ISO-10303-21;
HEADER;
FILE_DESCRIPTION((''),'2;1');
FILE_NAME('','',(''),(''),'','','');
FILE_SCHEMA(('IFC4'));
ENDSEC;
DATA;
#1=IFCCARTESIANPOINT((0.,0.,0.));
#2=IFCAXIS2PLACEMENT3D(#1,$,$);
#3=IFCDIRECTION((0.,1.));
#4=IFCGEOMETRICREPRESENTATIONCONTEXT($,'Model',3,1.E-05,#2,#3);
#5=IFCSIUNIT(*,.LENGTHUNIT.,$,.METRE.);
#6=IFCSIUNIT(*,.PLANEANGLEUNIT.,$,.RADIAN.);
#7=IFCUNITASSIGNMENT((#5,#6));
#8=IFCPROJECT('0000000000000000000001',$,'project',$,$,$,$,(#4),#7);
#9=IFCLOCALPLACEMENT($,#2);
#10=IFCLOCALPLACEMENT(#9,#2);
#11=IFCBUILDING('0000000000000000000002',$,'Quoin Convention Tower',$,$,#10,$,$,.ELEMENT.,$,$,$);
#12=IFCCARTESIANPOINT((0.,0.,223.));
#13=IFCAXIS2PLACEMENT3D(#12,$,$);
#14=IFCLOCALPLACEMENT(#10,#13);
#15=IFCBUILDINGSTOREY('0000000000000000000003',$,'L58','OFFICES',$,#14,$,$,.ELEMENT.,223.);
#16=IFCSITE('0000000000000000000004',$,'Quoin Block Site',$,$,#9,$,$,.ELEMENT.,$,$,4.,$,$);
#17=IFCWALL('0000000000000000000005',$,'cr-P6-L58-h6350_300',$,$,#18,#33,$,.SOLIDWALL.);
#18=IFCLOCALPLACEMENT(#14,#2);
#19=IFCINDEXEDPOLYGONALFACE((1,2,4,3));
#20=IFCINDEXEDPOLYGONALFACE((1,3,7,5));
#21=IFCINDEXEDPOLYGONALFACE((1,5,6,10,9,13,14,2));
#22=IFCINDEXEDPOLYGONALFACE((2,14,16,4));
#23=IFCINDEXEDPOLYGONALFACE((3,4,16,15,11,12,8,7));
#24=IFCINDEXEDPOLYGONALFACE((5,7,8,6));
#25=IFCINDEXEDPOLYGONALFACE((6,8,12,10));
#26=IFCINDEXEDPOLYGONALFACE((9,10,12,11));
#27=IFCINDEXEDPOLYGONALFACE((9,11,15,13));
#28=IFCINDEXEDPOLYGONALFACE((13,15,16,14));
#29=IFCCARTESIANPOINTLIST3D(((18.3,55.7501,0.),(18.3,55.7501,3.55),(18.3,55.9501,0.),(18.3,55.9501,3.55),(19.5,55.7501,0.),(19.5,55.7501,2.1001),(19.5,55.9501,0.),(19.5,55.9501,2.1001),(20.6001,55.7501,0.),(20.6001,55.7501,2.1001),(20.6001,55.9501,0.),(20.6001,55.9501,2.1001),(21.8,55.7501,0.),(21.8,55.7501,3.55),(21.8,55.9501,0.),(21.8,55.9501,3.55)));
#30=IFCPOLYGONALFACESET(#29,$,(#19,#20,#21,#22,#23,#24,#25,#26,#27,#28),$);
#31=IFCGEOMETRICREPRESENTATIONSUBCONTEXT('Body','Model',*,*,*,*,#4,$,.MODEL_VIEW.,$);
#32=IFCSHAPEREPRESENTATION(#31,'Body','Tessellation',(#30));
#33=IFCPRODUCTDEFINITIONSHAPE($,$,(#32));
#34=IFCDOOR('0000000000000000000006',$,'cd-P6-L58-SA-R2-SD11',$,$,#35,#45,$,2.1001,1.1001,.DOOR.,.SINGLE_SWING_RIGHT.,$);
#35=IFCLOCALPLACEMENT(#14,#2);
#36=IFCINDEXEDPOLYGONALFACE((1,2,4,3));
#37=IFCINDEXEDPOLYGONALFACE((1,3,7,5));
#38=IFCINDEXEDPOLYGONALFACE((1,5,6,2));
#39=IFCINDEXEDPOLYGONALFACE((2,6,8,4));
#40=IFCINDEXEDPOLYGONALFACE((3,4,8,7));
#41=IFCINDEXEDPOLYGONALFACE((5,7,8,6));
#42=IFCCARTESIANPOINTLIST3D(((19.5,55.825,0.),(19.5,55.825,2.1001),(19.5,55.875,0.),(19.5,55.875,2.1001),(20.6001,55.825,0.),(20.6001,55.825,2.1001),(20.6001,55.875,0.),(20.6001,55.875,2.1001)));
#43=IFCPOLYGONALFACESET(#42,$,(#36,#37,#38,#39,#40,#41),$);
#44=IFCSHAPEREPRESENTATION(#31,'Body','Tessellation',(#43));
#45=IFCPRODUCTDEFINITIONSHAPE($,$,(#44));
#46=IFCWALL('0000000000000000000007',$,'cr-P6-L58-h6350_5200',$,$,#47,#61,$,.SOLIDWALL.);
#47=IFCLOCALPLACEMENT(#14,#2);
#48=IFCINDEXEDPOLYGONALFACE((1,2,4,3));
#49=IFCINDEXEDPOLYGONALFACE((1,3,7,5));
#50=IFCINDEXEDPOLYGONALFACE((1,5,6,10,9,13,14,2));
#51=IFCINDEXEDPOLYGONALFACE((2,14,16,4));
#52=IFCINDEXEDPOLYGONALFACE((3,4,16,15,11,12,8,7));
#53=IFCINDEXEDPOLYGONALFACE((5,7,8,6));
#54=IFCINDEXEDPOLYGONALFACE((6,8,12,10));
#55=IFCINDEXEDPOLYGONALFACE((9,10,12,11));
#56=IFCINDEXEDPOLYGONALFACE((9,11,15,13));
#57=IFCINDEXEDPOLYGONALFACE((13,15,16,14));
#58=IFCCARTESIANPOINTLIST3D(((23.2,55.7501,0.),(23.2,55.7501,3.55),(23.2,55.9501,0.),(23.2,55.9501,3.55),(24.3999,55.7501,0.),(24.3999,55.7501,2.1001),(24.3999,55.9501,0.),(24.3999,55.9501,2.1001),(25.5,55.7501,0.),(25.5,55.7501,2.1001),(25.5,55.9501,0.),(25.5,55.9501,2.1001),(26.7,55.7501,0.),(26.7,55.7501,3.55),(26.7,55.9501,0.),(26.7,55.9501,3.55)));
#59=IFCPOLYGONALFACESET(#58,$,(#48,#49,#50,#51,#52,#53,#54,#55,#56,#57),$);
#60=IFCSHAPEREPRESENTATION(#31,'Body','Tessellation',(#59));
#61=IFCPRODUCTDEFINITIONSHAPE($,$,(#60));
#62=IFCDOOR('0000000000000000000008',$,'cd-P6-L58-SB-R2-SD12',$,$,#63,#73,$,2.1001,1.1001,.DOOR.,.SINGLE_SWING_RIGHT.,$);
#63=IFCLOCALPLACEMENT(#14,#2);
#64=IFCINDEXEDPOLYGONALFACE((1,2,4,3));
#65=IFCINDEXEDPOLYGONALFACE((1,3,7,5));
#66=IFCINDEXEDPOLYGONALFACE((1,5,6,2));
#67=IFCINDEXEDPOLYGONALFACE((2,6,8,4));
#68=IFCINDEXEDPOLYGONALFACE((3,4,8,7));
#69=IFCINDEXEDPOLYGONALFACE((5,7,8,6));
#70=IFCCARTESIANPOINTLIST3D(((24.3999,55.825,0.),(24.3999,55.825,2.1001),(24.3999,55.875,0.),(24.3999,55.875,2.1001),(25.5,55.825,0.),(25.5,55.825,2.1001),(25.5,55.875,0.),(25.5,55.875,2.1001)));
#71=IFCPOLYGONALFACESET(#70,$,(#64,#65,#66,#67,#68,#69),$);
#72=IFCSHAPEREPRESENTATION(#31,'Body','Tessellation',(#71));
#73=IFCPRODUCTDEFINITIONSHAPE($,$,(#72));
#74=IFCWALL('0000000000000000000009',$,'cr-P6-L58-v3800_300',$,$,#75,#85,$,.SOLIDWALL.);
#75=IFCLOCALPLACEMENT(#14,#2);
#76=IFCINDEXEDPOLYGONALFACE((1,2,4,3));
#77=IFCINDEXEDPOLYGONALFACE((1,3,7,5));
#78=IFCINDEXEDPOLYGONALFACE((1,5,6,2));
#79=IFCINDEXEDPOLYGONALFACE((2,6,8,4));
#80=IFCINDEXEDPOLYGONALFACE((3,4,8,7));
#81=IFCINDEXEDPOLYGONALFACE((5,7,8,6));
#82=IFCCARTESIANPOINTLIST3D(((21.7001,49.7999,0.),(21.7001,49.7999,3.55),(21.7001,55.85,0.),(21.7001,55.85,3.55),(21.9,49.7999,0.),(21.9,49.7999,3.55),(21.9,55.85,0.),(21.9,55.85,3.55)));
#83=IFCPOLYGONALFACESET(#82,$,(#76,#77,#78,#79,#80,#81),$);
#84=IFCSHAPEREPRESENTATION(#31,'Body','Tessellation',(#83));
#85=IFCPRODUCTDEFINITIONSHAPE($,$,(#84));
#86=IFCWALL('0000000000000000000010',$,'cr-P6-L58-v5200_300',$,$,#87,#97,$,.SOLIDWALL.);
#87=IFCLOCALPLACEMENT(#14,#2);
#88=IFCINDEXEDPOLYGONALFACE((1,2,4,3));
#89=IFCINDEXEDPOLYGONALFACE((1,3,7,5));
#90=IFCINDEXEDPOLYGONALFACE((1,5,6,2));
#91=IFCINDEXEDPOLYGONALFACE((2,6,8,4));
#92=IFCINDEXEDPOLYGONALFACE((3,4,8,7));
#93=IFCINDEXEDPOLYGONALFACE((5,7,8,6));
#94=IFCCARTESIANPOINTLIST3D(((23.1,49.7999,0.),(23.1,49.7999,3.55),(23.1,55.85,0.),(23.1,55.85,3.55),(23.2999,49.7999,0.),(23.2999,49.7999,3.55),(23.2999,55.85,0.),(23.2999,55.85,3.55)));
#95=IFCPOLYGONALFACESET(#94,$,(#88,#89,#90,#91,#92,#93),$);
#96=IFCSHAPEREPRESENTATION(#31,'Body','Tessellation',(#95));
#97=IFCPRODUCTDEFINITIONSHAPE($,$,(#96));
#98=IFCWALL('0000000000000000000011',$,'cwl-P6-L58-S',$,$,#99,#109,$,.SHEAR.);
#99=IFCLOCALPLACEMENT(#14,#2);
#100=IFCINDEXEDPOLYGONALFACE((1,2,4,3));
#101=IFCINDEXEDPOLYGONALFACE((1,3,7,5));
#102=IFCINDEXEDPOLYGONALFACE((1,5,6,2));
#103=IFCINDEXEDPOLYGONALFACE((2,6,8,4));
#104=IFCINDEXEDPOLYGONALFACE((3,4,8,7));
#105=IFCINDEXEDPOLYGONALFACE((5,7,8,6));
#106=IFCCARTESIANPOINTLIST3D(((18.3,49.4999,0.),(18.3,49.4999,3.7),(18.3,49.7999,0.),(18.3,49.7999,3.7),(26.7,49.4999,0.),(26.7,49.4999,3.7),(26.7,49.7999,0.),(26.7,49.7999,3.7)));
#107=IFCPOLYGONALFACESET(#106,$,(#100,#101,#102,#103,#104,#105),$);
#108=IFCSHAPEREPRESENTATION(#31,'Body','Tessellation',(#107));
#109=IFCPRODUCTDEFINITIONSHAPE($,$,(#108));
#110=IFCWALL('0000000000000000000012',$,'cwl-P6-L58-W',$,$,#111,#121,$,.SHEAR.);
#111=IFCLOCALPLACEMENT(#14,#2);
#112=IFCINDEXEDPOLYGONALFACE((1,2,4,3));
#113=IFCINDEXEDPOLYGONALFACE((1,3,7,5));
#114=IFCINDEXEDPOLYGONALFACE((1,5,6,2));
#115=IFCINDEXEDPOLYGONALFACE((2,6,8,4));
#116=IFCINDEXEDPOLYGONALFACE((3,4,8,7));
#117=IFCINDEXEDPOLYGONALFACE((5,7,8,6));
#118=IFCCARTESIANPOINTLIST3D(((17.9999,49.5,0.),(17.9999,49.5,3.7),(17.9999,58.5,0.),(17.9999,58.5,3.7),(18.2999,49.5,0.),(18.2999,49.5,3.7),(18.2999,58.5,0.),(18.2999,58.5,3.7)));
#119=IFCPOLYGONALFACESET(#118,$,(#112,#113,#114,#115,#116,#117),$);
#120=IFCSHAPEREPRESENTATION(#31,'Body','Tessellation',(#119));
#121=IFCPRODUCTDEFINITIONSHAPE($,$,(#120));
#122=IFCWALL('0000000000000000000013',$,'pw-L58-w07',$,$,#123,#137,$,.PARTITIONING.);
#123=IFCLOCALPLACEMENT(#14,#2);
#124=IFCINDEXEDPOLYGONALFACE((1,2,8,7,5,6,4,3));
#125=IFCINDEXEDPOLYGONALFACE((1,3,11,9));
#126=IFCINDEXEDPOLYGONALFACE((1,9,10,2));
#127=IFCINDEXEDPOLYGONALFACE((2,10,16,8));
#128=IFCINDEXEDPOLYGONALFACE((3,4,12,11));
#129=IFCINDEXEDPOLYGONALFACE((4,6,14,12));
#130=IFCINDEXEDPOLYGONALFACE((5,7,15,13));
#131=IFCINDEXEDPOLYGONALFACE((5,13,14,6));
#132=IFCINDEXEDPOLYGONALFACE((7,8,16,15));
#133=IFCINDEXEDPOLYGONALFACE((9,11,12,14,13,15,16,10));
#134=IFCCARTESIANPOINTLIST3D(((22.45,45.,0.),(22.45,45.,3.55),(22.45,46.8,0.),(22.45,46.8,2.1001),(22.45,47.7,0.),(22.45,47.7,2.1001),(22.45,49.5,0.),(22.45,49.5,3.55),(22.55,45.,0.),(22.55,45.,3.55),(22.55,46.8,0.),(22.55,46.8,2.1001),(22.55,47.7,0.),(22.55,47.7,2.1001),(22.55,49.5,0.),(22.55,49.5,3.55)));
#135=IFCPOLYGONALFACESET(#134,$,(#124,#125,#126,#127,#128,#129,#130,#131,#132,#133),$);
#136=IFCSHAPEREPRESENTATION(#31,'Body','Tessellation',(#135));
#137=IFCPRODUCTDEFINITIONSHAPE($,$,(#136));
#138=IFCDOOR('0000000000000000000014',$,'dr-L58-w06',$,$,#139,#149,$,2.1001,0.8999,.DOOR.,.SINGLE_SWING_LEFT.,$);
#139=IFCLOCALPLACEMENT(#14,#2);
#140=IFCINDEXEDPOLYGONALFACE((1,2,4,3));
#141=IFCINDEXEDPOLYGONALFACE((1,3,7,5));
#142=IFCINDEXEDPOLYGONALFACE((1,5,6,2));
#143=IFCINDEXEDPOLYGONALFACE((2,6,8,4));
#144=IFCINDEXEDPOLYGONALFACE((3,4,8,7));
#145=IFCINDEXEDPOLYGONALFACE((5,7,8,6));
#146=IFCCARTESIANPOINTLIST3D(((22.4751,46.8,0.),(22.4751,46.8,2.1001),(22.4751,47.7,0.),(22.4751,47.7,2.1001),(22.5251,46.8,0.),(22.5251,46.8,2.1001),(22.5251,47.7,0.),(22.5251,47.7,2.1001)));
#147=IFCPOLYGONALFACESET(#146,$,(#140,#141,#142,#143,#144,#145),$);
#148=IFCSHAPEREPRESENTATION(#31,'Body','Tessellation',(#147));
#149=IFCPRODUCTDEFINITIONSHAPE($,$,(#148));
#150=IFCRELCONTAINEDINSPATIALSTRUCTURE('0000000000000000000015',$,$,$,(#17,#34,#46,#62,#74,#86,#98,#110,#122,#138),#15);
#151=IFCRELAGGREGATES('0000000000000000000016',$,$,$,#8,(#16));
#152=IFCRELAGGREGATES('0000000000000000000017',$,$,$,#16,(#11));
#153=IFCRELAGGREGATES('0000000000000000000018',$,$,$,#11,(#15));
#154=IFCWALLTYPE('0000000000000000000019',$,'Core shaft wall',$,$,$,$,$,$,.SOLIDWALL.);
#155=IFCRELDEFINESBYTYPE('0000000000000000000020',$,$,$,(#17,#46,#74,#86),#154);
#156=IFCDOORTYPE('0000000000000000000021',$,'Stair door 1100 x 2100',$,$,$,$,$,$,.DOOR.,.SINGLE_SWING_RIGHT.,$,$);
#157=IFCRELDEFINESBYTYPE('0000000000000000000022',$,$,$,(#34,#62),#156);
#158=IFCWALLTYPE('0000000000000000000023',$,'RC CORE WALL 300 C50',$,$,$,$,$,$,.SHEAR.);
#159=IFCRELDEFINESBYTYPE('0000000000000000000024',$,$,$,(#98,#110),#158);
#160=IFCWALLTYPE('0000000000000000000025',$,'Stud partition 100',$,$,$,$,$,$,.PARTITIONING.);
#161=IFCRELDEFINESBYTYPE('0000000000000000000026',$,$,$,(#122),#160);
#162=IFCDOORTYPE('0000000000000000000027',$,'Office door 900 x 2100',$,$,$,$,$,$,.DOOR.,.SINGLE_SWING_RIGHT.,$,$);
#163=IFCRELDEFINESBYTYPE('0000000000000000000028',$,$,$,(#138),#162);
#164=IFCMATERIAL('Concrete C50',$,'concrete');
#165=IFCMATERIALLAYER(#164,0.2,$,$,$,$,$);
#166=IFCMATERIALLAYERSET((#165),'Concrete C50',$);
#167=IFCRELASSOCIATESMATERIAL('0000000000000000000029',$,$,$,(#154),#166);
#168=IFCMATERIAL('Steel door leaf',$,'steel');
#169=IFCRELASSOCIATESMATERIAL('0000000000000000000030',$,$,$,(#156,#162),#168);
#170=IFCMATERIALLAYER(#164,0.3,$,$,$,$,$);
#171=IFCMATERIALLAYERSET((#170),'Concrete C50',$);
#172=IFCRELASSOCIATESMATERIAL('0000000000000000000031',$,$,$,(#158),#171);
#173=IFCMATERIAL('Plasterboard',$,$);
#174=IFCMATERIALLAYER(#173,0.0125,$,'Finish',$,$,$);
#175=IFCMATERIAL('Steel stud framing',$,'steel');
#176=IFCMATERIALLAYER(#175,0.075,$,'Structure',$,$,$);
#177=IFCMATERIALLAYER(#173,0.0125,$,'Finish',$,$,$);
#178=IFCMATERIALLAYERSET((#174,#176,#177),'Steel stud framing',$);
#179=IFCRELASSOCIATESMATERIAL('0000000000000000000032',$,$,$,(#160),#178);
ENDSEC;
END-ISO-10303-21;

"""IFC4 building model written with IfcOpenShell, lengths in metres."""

from ifc_helpers import new_model, si_unit, direction, frame, frame_2d, origin, place, context, subcontext, project, spatial, rectangle, extrude, material, layer, layer_set, type_object, element, fill, save


model = new_model("IFC4")

# Units and contexts
model_context = context("Model", 3, precision=1e-05, world=origin(), true_north=direction((0.0, 1.0)))
body_context = subcontext(model_context, "Body", "Model", "MODEL_VIEW")
ifc_project = project(units=[si_unit("LENGTHUNIT", "METRE"), si_unit("PLANEANGLEUNIT", "RADIAN")], contexts=[model_context])

# Site, building, storey
site_placement = place(None, origin())
site = spatial("IfcSite", under=ifc_project, at=site_placement, Name="Quoin Block Site", CompositionType="ELEMENT", RefElevation=4.0)
building_placement = place(site_placement, origin())
building = spatial("IfcBuilding", under=site, at=building_placement, Name="Quoin Convention Tower", CompositionType="ELEMENT")
storey_placement = place(building_placement, frame((0.0, 0.0, 223.0)))
storey = spatial("IfcBuildingStorey", under=building, at=storey_placement, Name="L58", Description="OFFICES", CompositionType="ELEMENT", Elevation=223.0)

# Shared definitions
ifc_material_1 = material(Name="Concrete C50", Category="concrete")

# Shared definitions
ifc_layer_1 = layer(ifc_material_1, 0.2)
ifc_layer_set_1 = layer_set([ifc_layer_1], Name="Concrete C50")
wall_type_1 = type_object("IfcWallType", Name="Core shaft wall", PredefinedType="SOLIDWALL", material=ifc_layer_set_1)

# Walls, openings, doors
wall_1_placement = place(storey_placement, frame((18.3, 55.8501, 0.0), z_axis=(0.0, 0.0, 1.0), x_axis=(1.0, 0.0, 0.0)))
wall_1 = element("IfcWall", 1, at=wall_1_placement, inside=storey, type_object=wall_type_1, Name="cr-P6-L58-h6350_300", PredefinedType="SOLIDWALL", context=body_context, shape_type="SweptSolid", body=[
    extrude(rectangle(XDim=3.5, YDim=0.2, at=frame_2d((1.75, 0.0))), origin(), (0.0, 0.0, 1.0), 3.55),
])
opening_1_placement = place(wall_1_placement, frame((1.2, 0.0, 0.0)))
opening_1 = element("IfcOpeningElement", 2, at=opening_1_placement, cuts=wall_1, PredefinedType="OPENING", context=body_context, shape_type="SweptSolid", body=[
    extrude(rectangle(XDim=1.1001, YDim=2.1001, at=frame_2d((0.55, 1.05))), frame((0.0, 0.1099, 0.0), z_axis=(0.0, -1.0, 0.0), x_axis=(1.0, 0.0, 0.0)), (0.0, 0.0, 1.0), 0.22),
])
ifc_material_2 = material(Name="Steel door leaf", Category="steel")
door_type_1 = type_object("IfcDoorType", Name="Stair door 1100 x 2100", OperationType="SINGLE_SWING_RIGHT", PredefinedType="DOOR", material=ifc_material_2)
door_1_placement = place(opening_1_placement, origin())
door_1 = element("IfcDoor", 3, at=door_1_placement, inside=storey, type_object=door_type_1, Name="cd-P6-L58-SA-R2-SD11", OperationType="SINGLE_SWING_RIGHT", OverallHeight=2.1001, OverallWidth=1.1001, PredefinedType="DOOR", context=body_context, shape_type="SweptSolid", body=[
    extrude(rectangle(XDim=1.1001, YDim=2.1001, at=frame_2d((0.55, 1.05))), frame((0.0, 0.0249, 0.0), z_axis=(0.0, -1.0, 0.0), x_axis=(1.0, 0.0, 0.0)), (0.0, 0.0, 1.0), 0.05),
])
fill(opening_1, door_1)
wall_2_placement = place(storey_placement, frame((23.2, 55.8501, 0.0), z_axis=(0.0, 0.0, 1.0), x_axis=(1.0, 0.0, 0.0)))
wall_2 = element("IfcWall", 4, at=wall_2_placement, inside=storey, type_object=wall_type_1, Name="cr-P6-L58-h6350_5200", PredefinedType="SOLIDWALL", context=body_context, shape_type="SweptSolid", body=[
    extrude(rectangle(XDim=3.5, YDim=0.2, at=frame_2d((1.75, 0.0))), origin(), (0.0, 0.0, 1.0), 3.55),
])
opening_2_placement = place(wall_2_placement, frame((1.2, 0.0, 0.0)))
opening_2 = element("IfcOpeningElement", 5, at=opening_2_placement, cuts=wall_2, PredefinedType="OPENING", context=body_context, shape_type="SweptSolid", body=[
    extrude(rectangle(XDim=1.1001, YDim=2.1001, at=frame_2d((0.55, 1.05))), frame((0.0, 0.1099, 0.0), z_axis=(0.0, -1.0, 0.0), x_axis=(1.0, 0.0, 0.0)), (0.0, 0.0, 1.0), 0.22),
])
door_2_placement = place(opening_2_placement, origin())
door_2 = element("IfcDoor", 6, at=door_2_placement, inside=storey, type_object=door_type_1, Name="cd-P6-L58-SB-R2-SD12", OperationType="SINGLE_SWING_RIGHT", OverallHeight=2.1001, OverallWidth=1.1001, PredefinedType="DOOR", context=body_context, shape_type="SweptSolid", body=[
    extrude(rectangle(XDim=1.1001, YDim=2.1001, at=frame_2d((0.55, 1.05))), frame((0.0, 0.0249, 0.0), z_axis=(0.0, -1.0, 0.0), x_axis=(1.0, 0.0, 0.0)), (0.0, 0.0, 1.0), 0.05),
])
fill(opening_2, door_2)

# Walls
for number, where, z_axis, x_axis, name in (
    (7, (21.8, 49.8, 0.0), (0.0, 0.0, 1.0), (0.0, 1.0, 0.0), "cr-P6-L58-v3800_300"),
    (8, (23.2, 49.8, 0.0), (0.0, 0.0, 1.0), (0.0, 1.0, 0.0), "cr-P6-L58-v5200_300"),
):
    element("IfcWall", number, at=place(storey_placement, frame(where, z_axis=z_axis, x_axis=x_axis)), inside=storey, type_object=wall_type_1, Name=name, PredefinedType="SOLIDWALL", context=body_context, shape_type="SweptSolid", body=[
        extrude(rectangle(XDim=6.05, YDim=0.2, at=frame_2d((3.0249, 0.0))), origin(), (0.0, 0.0, 1.0), 3.55),
    ])
ifc_layer_2 = layer(ifc_material_1, 0.3)
ifc_layer_set_2 = layer_set([ifc_layer_2], Name="Concrete C50")
wall_type_2 = type_object("IfcWallType", Name="RC CORE WALL 300 C50", PredefinedType="SHEAR", material=ifc_layer_set_2)
wall_3_placement = place(storey_placement, frame((18.3, 49.6499, 0.0), z_axis=(0.0, 0.0, 1.0), x_axis=(1.0, 0.0, 0.0)))
element("IfcWall", 9, at=wall_3_placement, inside=storey, type_object=wall_type_2, Name="cwl-P6-L58-S", PredefinedType="SHEAR", context=body_context, shape_type="SweptSolid", body=[
    extrude(rectangle(XDim=8.3999, YDim=0.3, at=frame_2d((4.2, 0.0))), origin(), (0.0, 0.0, 1.0), 3.7),
])
wall_4_placement = place(storey_placement, frame((18.1499, 49.5, 0.0), z_axis=(0.0, 0.0, 1.0), x_axis=(0.0, 1.0, 0.0)))
element("IfcWall", 10, at=wall_4_placement, inside=storey, type_object=wall_type_2, Name="cwl-P6-L58-W", PredefinedType="SHEAR", context=body_context, shape_type="SweptSolid", body=[
    extrude(rectangle(XDim=9.0, YDim=0.3, at=frame_2d((4.5, 0.0))), origin(), (0.0, 0.0, 1.0), 3.7),
])

# Wall, opening, door
ifc_material_3 = material(Name="Plasterboard")
ifc_layer_3 = layer(ifc_material_3, 0.0125, Name="Finish")
ifc_material_4 = material(Name="Steel stud framing", Category="steel")
ifc_layer_4 = layer(ifc_material_4, 0.075, Name="Structure")
ifc_layer_5 = layer(ifc_material_3, 0.0125, Name="Finish")
ifc_layer_set_3 = layer_set([ifc_layer_3, ifc_layer_4, ifc_layer_5], Name="Steel stud framing")
wall_type_3 = type_object("IfcWallType", Name="Stud partition 100", PredefinedType="PARTITIONING", material=ifc_layer_set_3)
wall_5_placement = place(storey_placement, frame((22.5, 49.5, 0.0), z_axis=(0.0, 0.0, 1.0), x_axis=(0.0, -1.0, 0.0)))
wall_5 = element("IfcWall", 11, at=wall_5_placement, inside=storey, type_object=wall_type_3, Name="pw-L58-w07", PredefinedType="PARTITIONING", context=body_context, shape_type="SweptSolid", body=[
    extrude(rectangle(XDim=4.5, YDim=0.1001, at=frame_2d((2.25, 0.0))), origin(), (0.0, 0.0, 1.0), 3.55),
])
opening_3_placement = place(wall_5_placement, frame((1.8, 0.0, 0.0)))
opening_3 = element("IfcOpeningElement", 12, at=opening_3_placement, cuts=wall_5, PredefinedType="OPENING", context=body_context, shape_type="SweptSolid", body=[
    extrude(rectangle(XDim=0.8999, YDim=2.1001, at=frame_2d((0.45, 1.05))), frame((0.0, 0.0601, 0.0), z_axis=(0.0, -1.0, 0.0), x_axis=(1.0, 0.0, 0.0)), (0.0, 0.0, 1.0), 0.1201),
])
door_type_2 = type_object("IfcDoorType", Name="Office door 900 x 2100", OperationType="SINGLE_SWING_RIGHT", PredefinedType="DOOR", material=ifc_material_2)
door_3_placement = place(opening_3_placement, frame((0.8999, 0.0, 0.0), z_axis=(0.0, 0.0, 1.0), x_axis=(-1.0, 0.0, 0.0)))
door_3 = element("IfcDoor", 13, at=door_3_placement, inside=storey, type_object=door_type_2, Name="dr-L58-w06", OperationType="SINGLE_SWING_LEFT", OverallHeight=2.1001, OverallWidth=0.8999, PredefinedType="DOOR", context=body_context, shape_type="SweptSolid", body=[
    extrude(rectangle(XDim=0.8999, YDim=2.1001, at=frame_2d((0.45, 1.05))), frame((0.0, 0.0249, 0.0), z_axis=(0.0, -1.0, 0.0), x_axis=(1.0, 0.0, 0.0)), (0.0, 0.0, 1.0), 0.05),
])
fill(opening_3, door_3)

save(model, "model.ifc")
